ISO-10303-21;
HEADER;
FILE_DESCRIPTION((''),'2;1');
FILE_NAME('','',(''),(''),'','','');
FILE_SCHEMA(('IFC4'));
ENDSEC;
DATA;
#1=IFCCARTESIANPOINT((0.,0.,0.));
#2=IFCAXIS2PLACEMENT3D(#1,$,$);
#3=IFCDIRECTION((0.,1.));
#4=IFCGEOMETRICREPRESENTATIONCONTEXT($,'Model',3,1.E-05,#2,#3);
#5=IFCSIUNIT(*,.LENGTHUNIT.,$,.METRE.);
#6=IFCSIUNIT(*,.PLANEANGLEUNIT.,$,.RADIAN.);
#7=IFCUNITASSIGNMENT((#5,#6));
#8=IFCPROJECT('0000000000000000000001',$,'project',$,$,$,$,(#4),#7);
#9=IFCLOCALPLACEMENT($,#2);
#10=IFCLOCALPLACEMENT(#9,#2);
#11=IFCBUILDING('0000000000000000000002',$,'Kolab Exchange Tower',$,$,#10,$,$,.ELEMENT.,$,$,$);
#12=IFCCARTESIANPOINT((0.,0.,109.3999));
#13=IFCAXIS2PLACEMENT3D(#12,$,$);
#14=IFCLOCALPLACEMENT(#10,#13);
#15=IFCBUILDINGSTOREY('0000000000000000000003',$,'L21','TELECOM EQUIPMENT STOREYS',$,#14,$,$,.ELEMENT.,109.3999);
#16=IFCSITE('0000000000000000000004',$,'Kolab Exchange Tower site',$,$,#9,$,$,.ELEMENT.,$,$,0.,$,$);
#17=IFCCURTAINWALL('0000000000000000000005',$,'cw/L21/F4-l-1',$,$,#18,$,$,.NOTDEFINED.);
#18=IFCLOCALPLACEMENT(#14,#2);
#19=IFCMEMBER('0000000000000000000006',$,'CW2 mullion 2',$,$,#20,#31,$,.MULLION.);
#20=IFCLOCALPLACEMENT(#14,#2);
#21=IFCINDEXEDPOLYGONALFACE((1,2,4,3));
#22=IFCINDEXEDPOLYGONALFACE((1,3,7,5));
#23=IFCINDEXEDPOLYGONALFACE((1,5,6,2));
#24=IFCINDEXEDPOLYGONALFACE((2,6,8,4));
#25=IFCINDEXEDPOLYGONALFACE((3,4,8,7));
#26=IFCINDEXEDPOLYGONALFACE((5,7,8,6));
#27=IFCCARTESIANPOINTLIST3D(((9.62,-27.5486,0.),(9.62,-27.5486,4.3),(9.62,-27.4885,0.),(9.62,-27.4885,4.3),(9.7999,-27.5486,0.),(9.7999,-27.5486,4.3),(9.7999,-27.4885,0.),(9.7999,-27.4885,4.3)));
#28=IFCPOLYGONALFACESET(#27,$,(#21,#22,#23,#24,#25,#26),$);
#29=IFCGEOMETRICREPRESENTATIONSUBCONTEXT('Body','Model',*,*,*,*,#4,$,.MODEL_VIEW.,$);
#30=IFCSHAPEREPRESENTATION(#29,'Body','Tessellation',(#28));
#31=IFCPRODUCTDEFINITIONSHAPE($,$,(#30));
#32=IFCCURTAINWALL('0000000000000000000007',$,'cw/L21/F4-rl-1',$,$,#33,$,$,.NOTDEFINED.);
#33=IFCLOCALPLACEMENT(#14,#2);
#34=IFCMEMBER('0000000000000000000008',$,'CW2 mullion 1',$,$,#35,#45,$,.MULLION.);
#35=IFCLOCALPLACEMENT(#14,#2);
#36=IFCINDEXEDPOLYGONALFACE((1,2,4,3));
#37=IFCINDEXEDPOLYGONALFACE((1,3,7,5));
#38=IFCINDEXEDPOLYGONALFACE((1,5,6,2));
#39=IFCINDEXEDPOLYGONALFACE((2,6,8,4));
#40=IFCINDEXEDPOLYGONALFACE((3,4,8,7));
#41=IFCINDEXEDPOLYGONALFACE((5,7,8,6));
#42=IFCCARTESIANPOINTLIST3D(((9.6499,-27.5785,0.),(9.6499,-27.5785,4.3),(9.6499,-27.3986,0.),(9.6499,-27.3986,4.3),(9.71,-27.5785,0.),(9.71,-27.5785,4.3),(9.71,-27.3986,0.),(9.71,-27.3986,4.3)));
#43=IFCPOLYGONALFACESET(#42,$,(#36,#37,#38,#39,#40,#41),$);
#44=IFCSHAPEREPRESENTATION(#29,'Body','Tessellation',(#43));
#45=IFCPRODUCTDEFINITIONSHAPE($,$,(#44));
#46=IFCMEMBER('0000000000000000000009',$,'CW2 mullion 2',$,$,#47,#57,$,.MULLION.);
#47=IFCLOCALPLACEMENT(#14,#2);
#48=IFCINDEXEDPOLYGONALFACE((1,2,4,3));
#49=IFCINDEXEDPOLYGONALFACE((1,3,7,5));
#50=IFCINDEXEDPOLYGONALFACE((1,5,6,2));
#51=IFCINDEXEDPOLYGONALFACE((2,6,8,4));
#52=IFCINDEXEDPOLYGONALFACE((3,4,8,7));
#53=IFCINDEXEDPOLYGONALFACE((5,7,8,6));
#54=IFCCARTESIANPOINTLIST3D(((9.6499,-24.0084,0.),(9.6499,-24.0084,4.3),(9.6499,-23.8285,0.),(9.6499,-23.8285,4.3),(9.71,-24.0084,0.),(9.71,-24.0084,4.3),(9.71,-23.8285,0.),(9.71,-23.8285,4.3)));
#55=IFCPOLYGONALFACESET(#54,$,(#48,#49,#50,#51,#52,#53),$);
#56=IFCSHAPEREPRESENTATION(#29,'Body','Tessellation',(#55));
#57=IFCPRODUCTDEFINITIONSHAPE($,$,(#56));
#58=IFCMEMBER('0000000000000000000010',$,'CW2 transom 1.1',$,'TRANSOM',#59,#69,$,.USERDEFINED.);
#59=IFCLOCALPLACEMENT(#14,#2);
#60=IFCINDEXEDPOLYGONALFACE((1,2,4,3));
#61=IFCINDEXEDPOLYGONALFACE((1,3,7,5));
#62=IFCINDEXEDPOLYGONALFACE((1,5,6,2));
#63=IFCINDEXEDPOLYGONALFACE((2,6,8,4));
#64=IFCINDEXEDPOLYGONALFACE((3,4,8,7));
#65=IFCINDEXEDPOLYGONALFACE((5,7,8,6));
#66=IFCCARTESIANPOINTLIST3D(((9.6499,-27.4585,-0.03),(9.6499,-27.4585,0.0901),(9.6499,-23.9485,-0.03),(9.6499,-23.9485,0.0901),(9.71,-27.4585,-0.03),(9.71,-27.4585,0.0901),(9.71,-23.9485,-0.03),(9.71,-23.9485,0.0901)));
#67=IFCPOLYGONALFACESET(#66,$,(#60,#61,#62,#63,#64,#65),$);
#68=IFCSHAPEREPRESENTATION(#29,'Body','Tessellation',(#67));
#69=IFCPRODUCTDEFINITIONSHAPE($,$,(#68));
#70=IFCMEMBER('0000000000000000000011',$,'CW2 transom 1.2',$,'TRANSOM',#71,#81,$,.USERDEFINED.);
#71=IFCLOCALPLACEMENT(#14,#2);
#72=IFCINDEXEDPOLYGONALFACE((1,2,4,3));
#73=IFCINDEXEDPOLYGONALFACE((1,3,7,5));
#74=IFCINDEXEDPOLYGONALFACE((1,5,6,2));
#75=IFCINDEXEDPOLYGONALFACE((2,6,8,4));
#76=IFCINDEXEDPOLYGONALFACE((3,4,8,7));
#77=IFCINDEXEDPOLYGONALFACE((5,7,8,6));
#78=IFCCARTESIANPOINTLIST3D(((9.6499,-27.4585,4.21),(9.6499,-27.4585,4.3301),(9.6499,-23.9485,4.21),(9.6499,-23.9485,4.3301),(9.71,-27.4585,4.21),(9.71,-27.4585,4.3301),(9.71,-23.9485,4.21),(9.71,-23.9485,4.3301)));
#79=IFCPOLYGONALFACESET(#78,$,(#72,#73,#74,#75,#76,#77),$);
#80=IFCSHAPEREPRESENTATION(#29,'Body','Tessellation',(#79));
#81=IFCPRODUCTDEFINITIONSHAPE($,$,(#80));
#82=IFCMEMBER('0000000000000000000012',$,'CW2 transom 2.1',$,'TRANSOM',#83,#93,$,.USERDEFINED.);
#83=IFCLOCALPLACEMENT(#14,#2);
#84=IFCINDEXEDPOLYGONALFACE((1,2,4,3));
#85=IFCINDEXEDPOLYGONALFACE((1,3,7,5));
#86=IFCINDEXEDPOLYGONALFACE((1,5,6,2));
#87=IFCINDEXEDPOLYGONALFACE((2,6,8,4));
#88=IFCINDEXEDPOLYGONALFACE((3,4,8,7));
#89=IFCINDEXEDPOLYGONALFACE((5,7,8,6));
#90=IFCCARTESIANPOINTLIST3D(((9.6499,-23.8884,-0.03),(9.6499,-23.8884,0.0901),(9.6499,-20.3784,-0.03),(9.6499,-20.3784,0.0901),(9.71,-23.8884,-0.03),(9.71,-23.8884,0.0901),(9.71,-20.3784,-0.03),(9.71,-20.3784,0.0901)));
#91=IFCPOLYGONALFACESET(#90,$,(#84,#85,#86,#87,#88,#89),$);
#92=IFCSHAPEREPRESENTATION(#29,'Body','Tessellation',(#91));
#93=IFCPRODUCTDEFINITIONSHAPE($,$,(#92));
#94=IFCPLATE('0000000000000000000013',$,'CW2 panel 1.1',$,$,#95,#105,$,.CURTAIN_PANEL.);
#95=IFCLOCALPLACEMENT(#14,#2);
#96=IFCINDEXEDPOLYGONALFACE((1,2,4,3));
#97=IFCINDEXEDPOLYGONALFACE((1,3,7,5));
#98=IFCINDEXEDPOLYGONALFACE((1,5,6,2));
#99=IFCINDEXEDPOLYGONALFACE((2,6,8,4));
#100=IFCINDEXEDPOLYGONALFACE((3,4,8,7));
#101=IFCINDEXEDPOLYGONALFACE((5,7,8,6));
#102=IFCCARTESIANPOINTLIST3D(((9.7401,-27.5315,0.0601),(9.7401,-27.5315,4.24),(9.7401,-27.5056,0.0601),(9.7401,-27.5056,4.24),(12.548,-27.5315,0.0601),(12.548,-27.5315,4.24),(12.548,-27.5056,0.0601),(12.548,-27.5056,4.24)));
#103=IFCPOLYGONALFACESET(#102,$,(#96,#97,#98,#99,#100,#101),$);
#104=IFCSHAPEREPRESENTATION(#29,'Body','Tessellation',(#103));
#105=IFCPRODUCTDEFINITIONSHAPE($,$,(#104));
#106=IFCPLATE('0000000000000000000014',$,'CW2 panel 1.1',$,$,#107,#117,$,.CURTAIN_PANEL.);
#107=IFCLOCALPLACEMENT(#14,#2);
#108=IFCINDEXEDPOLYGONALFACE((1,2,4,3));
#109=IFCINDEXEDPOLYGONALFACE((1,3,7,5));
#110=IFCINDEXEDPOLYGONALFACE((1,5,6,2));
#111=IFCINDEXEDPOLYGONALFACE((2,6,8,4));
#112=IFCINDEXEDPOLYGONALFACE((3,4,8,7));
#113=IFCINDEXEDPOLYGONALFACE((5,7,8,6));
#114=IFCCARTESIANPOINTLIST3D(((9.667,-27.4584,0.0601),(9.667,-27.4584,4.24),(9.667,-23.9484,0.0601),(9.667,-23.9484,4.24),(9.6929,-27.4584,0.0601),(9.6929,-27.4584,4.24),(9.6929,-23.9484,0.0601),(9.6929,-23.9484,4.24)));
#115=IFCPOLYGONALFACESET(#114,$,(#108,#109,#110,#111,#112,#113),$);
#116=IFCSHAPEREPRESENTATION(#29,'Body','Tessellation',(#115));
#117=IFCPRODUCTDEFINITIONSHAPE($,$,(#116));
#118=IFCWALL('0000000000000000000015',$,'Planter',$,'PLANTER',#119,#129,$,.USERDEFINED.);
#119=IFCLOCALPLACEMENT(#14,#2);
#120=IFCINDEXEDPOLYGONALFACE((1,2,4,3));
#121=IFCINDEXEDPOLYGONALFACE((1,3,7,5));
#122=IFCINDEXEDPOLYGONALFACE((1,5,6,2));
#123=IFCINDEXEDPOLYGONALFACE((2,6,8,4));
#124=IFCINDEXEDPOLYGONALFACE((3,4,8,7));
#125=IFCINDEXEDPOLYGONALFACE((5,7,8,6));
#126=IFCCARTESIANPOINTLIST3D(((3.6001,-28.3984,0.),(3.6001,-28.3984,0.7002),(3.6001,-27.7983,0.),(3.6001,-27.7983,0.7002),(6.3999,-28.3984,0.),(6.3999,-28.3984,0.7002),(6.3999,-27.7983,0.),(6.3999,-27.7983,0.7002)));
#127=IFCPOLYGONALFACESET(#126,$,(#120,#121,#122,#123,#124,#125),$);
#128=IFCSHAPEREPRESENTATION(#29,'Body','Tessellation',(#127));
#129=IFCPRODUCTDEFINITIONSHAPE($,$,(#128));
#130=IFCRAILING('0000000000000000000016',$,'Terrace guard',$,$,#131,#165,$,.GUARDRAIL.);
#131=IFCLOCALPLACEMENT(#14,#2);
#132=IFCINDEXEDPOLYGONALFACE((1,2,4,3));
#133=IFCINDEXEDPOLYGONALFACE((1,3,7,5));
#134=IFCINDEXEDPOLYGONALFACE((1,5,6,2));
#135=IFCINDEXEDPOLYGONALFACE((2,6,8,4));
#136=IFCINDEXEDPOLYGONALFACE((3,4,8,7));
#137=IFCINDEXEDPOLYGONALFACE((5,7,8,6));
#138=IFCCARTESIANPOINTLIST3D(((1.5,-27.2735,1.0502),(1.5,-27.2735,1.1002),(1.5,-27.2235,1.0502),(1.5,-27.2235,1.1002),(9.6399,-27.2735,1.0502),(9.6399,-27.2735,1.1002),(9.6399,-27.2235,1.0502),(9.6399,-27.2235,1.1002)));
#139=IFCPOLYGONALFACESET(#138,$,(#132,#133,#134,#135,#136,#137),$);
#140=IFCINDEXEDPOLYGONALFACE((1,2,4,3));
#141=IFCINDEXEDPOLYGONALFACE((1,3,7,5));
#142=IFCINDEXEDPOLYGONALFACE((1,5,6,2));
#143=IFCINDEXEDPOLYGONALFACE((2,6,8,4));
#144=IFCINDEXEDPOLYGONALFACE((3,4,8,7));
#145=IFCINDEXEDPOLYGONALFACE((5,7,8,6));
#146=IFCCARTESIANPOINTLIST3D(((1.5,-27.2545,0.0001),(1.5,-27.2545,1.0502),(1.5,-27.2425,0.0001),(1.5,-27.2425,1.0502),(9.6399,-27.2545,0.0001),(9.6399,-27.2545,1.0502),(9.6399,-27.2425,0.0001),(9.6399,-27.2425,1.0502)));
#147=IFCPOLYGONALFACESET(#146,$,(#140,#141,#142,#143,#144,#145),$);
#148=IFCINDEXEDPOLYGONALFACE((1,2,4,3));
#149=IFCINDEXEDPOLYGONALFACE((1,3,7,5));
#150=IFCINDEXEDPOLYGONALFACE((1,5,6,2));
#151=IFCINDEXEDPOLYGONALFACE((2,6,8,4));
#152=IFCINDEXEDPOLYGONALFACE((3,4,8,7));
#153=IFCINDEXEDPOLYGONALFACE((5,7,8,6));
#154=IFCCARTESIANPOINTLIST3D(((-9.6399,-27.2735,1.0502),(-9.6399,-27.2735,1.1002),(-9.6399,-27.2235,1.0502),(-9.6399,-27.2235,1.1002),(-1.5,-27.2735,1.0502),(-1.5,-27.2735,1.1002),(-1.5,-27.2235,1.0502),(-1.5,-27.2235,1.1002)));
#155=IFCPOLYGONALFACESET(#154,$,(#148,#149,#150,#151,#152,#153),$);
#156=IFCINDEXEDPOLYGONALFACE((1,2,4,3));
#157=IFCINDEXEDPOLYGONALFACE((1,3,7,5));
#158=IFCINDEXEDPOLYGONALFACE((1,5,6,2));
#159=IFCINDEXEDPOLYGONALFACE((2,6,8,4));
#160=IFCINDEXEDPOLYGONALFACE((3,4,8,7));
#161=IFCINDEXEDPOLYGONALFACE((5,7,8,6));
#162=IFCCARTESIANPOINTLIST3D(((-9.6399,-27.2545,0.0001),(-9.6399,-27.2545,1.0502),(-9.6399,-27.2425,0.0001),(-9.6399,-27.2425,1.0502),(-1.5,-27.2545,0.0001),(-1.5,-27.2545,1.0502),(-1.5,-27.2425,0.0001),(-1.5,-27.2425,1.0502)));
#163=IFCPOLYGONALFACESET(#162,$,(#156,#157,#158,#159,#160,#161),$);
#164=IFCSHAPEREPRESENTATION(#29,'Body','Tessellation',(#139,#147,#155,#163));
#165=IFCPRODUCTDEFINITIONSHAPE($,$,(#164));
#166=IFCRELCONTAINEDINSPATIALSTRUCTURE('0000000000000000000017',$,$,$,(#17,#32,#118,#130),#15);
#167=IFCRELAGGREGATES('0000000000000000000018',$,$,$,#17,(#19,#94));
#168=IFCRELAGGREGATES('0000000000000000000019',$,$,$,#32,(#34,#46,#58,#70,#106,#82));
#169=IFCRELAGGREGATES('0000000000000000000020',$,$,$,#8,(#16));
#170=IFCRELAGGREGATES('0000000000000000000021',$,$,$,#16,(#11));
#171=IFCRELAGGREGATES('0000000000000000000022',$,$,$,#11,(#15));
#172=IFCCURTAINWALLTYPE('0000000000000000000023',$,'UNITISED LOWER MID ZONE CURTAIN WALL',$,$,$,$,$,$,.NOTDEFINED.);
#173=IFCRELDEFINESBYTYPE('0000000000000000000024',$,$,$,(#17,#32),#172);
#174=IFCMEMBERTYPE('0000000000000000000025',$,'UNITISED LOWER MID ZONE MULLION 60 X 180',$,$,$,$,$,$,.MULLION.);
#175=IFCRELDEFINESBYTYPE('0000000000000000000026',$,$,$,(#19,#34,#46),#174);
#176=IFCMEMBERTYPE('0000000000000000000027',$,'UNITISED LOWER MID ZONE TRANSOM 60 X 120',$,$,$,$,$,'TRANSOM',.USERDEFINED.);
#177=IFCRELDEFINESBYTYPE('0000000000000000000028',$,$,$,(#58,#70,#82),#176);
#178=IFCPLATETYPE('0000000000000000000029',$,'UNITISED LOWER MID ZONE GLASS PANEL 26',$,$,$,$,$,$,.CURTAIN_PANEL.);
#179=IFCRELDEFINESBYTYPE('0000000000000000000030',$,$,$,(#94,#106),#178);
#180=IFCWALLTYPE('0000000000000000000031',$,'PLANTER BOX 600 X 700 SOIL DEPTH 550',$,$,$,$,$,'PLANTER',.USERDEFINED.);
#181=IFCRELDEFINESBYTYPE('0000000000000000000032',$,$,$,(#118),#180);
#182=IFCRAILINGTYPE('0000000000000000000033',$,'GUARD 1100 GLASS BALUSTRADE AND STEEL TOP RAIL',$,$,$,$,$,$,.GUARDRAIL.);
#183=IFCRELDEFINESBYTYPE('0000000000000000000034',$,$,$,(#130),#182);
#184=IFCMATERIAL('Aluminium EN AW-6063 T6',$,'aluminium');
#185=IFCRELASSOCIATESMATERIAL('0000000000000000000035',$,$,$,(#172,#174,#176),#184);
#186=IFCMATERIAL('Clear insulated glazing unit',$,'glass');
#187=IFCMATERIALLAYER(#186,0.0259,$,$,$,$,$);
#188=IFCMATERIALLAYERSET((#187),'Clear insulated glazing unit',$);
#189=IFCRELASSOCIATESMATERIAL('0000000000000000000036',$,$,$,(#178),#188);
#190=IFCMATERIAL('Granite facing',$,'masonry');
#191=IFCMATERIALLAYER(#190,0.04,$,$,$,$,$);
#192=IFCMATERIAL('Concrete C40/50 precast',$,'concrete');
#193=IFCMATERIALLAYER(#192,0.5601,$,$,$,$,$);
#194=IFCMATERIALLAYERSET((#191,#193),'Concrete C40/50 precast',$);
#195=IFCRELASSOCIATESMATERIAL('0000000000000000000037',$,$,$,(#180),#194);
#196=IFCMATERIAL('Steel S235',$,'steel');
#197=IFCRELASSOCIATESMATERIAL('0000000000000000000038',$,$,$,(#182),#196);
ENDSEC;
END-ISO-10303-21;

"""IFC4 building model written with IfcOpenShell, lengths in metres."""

from ifc_helpers import new_model, si_unit, direction, frame, frame_2d, origin, origin_2d, place, context, subcontext, project, spatial, rectangle, extrude, material, layer, layer_set, material_profile, profile_set, type_object, element, aggregate, save


model = new_model("IFC4")

# Units and contexts
model_context = context("Model", 3, precision=1e-05, world=origin(), true_north=direction((0.0, 1.0)))
body_context = subcontext(model_context, "Body", "Model", "MODEL_VIEW")
ifc_project = project(units=[si_unit("LENGTHUNIT", "METRE"), si_unit("PLANEANGLEUNIT", "RADIAN")], contexts=[model_context])

# Site, building, storey
site_placement = place(None, origin())
site = spatial("IfcSite", under=ifc_project, at=site_placement, Name="Kolab Exchange Tower site", CompositionType="ELEMENT", RefElevation=0.0)
building_placement = place(site_placement, origin())
building = spatial("IfcBuilding", under=site, at=building_placement, Name="Kolab Exchange Tower", CompositionType="ELEMENT")
storey_placement = place(building_placement, frame((0.0, 0.0, 109.3999)))
storey = spatial("IfcBuildingStorey", under=building, at=storey_placement, Name="L21", Description="TELECOM EQUIPMENT STOREYS", CompositionType="ELEMENT", Elevation=109.3999)

# Curtain wall, member
ifc_material_1 = material(Name="Aluminium EN AW-6063 T6", Category="aluminium")
curtain_wall_type = type_object("IfcCurtainWallType", Name="UNITISED LOWER MID ZONE CURTAIN WALL", PredefinedType="NOTDEFINED", material=ifc_material_1)
curtain_wall_1_placement = place(storey_placement, origin())
curtain_wall_1 = element("IfcCurtainWall", 1, at=curtain_wall_1_placement, inside=storey, type_object=curtain_wall_type, Name="cw/L21/F4-l-1", PredefinedType="NOTDEFINED")
ifc_material_profile_1 = material_profile(ifc_material_1, rectangle(XDim=0.0601, YDim=0.1799, at=origin_2d()), Name="RECT 60X180")
ifc_profile_set_1 = profile_set([ifc_material_profile_1], Name="Aluminium EN AW-6063 T6")
member_type_1 = type_object("IfcMemberType", Name="UNITISED LOWER MID ZONE MULLION 60 X 180", PredefinedType="MULLION", material=ifc_profile_set_1)
member_1_placement = place(storey_placement, frame((9.71, -27.5186, 0.0), z_axis=(0.0, 0.0, 1.0), x_axis=(0.0, -1.0, 0.0)))
member_1 = element("IfcMember", 2, at=member_1_placement, type_object=member_type_1, Name="CW2 mullion 2", PredefinedType="MULLION", context=body_context, shape_type="SweptSolid", body=[
    extrude(rectangle(XDim=0.0601, YDim=0.1799, at=origin_2d()), origin(), (0.0, 0.0, 1.0), 4.3),
])

# Curtain wall, members
curtain_wall_2_placement = place(storey_placement, origin())
curtain_wall_2 = element("IfcCurtainWall", 3, at=curtain_wall_2_placement, inside=storey, type_object=curtain_wall_type, Name="cw/L21/F4-rl-1", PredefinedType="NOTDEFINED")
member_2_placement = place(storey_placement, frame((9.6799, -27.4885, 0.0), z_axis=(0.0, 0.0, 1.0), x_axis=(-1.0, 0.0, 0.0)))
member_2 = element("IfcMember", 4, at=member_2_placement, type_object=member_type_1, Name="CW2 mullion 1", PredefinedType="MULLION", context=body_context, shape_type="SweptSolid", body=[
    extrude(rectangle(XDim=0.0601, YDim=0.1799, at=origin_2d()), origin(), (0.0, 0.0, 1.0), 4.3),
])
member_3_placement = place(storey_placement, frame((9.6799, -23.9185, 0.0), z_axis=(0.0, 0.0, 1.0), x_axis=(-1.0, 0.0, 0.0)))
member_3 = element("IfcMember", 5, at=member_3_placement, type_object=member_type_1, Name="CW2 mullion 2", PredefinedType="MULLION", context=body_context, shape_type="SweptSolid", body=[
    extrude(rectangle(XDim=0.0601, YDim=0.1799, at=origin_2d()), origin(), (0.0, 0.0, 1.0), 4.3),
])
ifc_material_profile_2 = material_profile(ifc_material_1, rectangle(XDim=0.0601, YDim=0.1201, at=origin_2d()), Name="RECT 60X120")
ifc_profile_set_2 = profile_set([ifc_material_profile_2], Name="Aluminium EN AW-6063 T6")
member_type_2 = type_object("IfcMemberType", Name="UNITISED LOWER MID ZONE TRANSOM 60 X 120", ElementType="TRANSOM", PredefinedType="USERDEFINED", material=ifc_profile_set_2)
member_4_placement = place(storey_placement, frame((9.6799, -27.4585, 0.03), z_axis=(0.0, 1.0, 0.0), x_axis=(-1.0, 0.0, 0.0)))
member_4 = element("IfcMember", 6, at=member_4_placement, type_object=member_type_2, Name="CW2 transom 1.1", ObjectType="TRANSOM", PredefinedType="USERDEFINED", context=body_context, shape_type="SweptSolid", body=[
    extrude(rectangle(XDim=0.0601, YDim=0.1201, at=origin_2d()), origin(), (0.0, 0.0, 1.0), 3.51),
])
member_5_placement = place(storey_placement, frame((9.6799, -27.4585, 4.27), z_axis=(0.0, 1.0, 0.0), x_axis=(-1.0, 0.0, 0.0)))
member_5 = element("IfcMember", 7, at=member_5_placement, type_object=member_type_2, Name="CW2 transom 1.2", ObjectType="TRANSOM", PredefinedType="USERDEFINED", context=body_context, shape_type="SweptSolid", body=[
    extrude(rectangle(XDim=0.0601, YDim=0.1201, at=origin_2d()), origin(), (0.0, 0.0, 1.0), 3.51),
])
member_6_placement = place(storey_placement, frame((9.6799, -23.8884, 0.03), z_axis=(0.0, 1.0, 0.0), x_axis=(-1.0, 0.0, 0.0)))
member_6 = element("IfcMember", 8, at=member_6_placement, type_object=member_type_2, Name="CW2 transom 2.1", ObjectType="TRANSOM", PredefinedType="USERDEFINED", context=body_context, shape_type="SweptSolid", body=[
    extrude(rectangle(XDim=0.0601, YDim=0.1201, at=origin_2d()), origin(), (0.0, 0.0, 1.0), 3.51),
])

# Plates
ifc_material_2 = material(Name="Clear insulated glazing unit", Category="glass")
ifc_layer_1 = layer(ifc_material_2, 0.0259)
ifc_layer_set_1 = layer_set([ifc_layer_1], Name="Clear insulated glazing unit")
plate_type = type_object("IfcPlateType", Name="UNITISED LOWER MID ZONE GLASS PANEL 26", PredefinedType="CURTAIN_PANEL", material=ifc_layer_set_1)
plate_1_placement = place(storey_placement, frame((11.144, -27.5186, 0.0601), z_axis=(0.0, 0.0, 1.0), x_axis=(-1.0, 0.0, 0.0)))
plate_1 = element("IfcPlate", 9, at=plate_1_placement, type_object=plate_type, Name="CW2 panel 1.1", PredefinedType="CURTAIN_PANEL", context=body_context, shape_type="SweptSolid", body=[
    extrude(rectangle(XDim=2.8079, YDim=0.0259, at=origin_2d()), origin(), (0.0, 0.0, 1.0), 4.1799),
])
aggregate(curtain_wall_1, [member_1, plate_1])
plate_2_placement = place(storey_placement, frame((9.6799, -25.7034, 0.0601), z_axis=(0.0, 0.0, 1.0), x_axis=(0.0, 1.0, 0.0)))
plate_2 = element("IfcPlate", 10, at=plate_2_placement, type_object=plate_type, Name="CW2 panel 1.1", PredefinedType="CURTAIN_PANEL", context=body_context, shape_type="SweptSolid", body=[
    extrude(rectangle(XDim=3.51, YDim=0.0259, at=origin_2d()), origin(), (0.0, 0.0, 1.0), 4.1799),
])
aggregate(curtain_wall_2, [member_2, member_3, member_4, member_5, plate_2, member_6])

# Wall
ifc_material_3 = material(Name="Granite facing", Category="masonry")
ifc_layer_2 = layer(ifc_material_3, 0.04)
ifc_material_4 = material(Name="Concrete C40/50 precast", Category="concrete")
ifc_layer_3 = layer(ifc_material_4, 0.5601)
ifc_layer_set_2 = layer_set([ifc_layer_2, ifc_layer_3], Name="Concrete C40/50 precast")
wall_type = type_object("IfcWallType", Name="PLANTER BOX 600 X 700 SOIL DEPTH 550", ElementType="PLANTER", PredefinedType="USERDEFINED", material=ifc_layer_set_2)
wall_placement = place(storey_placement, frame((3.6001, -28.0984, 0.0), z_axis=(0.0, 0.0, 1.0), x_axis=(1.0, 0.0, 0.0)))
element("IfcWall", 11, at=wall_placement, inside=storey, type_object=wall_type, Name="Planter", ObjectType="PLANTER", PredefinedType="USERDEFINED", context=body_context, shape_type="SweptSolid", body=[
    extrude(rectangle(XDim=2.7998, YDim=0.6001, at=frame_2d((1.3999, 0.0))), origin(), (0.0, 0.0, 1.0), 0.7002),
])

# Railing
ifc_material_5 = material(Name="Steel S235", Category="steel")
railing_type = type_object("IfcRailingType", Name="GUARD 1100 GLASS BALUSTRADE AND STEEL TOP RAIL", PredefinedType="GUARDRAIL", material=ifc_material_5)
railing_placement = place(storey_placement, frame((9.6399, -27.2485, 0.0)))
element("IfcRailing", 12, at=railing_placement, inside=storey, type_object=railing_type, Name="Terrace guard", PredefinedType="GUARDRAIL", context=body_context, shape_type="SweptSolid", body=[
    extrude(rectangle(XDim=0.05, YDim=0.05, at=origin_2d()), frame((0.0, 0.0, 1.0752), z_axis=(-1.0, 0.0, 0.0), x_axis=(0.0, -1.0, 0.0)), (0.0, 0.0, 1.0), 8.1399),
    extrude(rectangle(XDim=0.012, YDim=1.0501, at=frame_2d((0.0, 0.5251))), frame((0.0, 0.0, 0.0), z_axis=(-1.0, 0.0, 0.0), x_axis=(0.0, -1.0, 0.0)), (0.0, 0.0, 1.0), 8.1399),
    extrude(rectangle(XDim=0.05, YDim=0.05, at=origin_2d()), frame((-19.2798, 0.0, 1.0752), z_axis=(1.0, 0.0, 0.0), x_axis=(0.0, 1.0, 0.0)), (0.0, 0.0, 1.0), 8.1399),
    extrude(rectangle(XDim=0.012, YDim=1.0501, at=frame_2d((0.0, 0.5251))), frame((-19.2798, 0.0, 0.0), z_axis=(1.0, 0.0, 0.0), x_axis=(0.0, 1.0, 0.0)), (0.0, 0.0, 1.0), 8.1399),
])

save(model, "model.ifc")
